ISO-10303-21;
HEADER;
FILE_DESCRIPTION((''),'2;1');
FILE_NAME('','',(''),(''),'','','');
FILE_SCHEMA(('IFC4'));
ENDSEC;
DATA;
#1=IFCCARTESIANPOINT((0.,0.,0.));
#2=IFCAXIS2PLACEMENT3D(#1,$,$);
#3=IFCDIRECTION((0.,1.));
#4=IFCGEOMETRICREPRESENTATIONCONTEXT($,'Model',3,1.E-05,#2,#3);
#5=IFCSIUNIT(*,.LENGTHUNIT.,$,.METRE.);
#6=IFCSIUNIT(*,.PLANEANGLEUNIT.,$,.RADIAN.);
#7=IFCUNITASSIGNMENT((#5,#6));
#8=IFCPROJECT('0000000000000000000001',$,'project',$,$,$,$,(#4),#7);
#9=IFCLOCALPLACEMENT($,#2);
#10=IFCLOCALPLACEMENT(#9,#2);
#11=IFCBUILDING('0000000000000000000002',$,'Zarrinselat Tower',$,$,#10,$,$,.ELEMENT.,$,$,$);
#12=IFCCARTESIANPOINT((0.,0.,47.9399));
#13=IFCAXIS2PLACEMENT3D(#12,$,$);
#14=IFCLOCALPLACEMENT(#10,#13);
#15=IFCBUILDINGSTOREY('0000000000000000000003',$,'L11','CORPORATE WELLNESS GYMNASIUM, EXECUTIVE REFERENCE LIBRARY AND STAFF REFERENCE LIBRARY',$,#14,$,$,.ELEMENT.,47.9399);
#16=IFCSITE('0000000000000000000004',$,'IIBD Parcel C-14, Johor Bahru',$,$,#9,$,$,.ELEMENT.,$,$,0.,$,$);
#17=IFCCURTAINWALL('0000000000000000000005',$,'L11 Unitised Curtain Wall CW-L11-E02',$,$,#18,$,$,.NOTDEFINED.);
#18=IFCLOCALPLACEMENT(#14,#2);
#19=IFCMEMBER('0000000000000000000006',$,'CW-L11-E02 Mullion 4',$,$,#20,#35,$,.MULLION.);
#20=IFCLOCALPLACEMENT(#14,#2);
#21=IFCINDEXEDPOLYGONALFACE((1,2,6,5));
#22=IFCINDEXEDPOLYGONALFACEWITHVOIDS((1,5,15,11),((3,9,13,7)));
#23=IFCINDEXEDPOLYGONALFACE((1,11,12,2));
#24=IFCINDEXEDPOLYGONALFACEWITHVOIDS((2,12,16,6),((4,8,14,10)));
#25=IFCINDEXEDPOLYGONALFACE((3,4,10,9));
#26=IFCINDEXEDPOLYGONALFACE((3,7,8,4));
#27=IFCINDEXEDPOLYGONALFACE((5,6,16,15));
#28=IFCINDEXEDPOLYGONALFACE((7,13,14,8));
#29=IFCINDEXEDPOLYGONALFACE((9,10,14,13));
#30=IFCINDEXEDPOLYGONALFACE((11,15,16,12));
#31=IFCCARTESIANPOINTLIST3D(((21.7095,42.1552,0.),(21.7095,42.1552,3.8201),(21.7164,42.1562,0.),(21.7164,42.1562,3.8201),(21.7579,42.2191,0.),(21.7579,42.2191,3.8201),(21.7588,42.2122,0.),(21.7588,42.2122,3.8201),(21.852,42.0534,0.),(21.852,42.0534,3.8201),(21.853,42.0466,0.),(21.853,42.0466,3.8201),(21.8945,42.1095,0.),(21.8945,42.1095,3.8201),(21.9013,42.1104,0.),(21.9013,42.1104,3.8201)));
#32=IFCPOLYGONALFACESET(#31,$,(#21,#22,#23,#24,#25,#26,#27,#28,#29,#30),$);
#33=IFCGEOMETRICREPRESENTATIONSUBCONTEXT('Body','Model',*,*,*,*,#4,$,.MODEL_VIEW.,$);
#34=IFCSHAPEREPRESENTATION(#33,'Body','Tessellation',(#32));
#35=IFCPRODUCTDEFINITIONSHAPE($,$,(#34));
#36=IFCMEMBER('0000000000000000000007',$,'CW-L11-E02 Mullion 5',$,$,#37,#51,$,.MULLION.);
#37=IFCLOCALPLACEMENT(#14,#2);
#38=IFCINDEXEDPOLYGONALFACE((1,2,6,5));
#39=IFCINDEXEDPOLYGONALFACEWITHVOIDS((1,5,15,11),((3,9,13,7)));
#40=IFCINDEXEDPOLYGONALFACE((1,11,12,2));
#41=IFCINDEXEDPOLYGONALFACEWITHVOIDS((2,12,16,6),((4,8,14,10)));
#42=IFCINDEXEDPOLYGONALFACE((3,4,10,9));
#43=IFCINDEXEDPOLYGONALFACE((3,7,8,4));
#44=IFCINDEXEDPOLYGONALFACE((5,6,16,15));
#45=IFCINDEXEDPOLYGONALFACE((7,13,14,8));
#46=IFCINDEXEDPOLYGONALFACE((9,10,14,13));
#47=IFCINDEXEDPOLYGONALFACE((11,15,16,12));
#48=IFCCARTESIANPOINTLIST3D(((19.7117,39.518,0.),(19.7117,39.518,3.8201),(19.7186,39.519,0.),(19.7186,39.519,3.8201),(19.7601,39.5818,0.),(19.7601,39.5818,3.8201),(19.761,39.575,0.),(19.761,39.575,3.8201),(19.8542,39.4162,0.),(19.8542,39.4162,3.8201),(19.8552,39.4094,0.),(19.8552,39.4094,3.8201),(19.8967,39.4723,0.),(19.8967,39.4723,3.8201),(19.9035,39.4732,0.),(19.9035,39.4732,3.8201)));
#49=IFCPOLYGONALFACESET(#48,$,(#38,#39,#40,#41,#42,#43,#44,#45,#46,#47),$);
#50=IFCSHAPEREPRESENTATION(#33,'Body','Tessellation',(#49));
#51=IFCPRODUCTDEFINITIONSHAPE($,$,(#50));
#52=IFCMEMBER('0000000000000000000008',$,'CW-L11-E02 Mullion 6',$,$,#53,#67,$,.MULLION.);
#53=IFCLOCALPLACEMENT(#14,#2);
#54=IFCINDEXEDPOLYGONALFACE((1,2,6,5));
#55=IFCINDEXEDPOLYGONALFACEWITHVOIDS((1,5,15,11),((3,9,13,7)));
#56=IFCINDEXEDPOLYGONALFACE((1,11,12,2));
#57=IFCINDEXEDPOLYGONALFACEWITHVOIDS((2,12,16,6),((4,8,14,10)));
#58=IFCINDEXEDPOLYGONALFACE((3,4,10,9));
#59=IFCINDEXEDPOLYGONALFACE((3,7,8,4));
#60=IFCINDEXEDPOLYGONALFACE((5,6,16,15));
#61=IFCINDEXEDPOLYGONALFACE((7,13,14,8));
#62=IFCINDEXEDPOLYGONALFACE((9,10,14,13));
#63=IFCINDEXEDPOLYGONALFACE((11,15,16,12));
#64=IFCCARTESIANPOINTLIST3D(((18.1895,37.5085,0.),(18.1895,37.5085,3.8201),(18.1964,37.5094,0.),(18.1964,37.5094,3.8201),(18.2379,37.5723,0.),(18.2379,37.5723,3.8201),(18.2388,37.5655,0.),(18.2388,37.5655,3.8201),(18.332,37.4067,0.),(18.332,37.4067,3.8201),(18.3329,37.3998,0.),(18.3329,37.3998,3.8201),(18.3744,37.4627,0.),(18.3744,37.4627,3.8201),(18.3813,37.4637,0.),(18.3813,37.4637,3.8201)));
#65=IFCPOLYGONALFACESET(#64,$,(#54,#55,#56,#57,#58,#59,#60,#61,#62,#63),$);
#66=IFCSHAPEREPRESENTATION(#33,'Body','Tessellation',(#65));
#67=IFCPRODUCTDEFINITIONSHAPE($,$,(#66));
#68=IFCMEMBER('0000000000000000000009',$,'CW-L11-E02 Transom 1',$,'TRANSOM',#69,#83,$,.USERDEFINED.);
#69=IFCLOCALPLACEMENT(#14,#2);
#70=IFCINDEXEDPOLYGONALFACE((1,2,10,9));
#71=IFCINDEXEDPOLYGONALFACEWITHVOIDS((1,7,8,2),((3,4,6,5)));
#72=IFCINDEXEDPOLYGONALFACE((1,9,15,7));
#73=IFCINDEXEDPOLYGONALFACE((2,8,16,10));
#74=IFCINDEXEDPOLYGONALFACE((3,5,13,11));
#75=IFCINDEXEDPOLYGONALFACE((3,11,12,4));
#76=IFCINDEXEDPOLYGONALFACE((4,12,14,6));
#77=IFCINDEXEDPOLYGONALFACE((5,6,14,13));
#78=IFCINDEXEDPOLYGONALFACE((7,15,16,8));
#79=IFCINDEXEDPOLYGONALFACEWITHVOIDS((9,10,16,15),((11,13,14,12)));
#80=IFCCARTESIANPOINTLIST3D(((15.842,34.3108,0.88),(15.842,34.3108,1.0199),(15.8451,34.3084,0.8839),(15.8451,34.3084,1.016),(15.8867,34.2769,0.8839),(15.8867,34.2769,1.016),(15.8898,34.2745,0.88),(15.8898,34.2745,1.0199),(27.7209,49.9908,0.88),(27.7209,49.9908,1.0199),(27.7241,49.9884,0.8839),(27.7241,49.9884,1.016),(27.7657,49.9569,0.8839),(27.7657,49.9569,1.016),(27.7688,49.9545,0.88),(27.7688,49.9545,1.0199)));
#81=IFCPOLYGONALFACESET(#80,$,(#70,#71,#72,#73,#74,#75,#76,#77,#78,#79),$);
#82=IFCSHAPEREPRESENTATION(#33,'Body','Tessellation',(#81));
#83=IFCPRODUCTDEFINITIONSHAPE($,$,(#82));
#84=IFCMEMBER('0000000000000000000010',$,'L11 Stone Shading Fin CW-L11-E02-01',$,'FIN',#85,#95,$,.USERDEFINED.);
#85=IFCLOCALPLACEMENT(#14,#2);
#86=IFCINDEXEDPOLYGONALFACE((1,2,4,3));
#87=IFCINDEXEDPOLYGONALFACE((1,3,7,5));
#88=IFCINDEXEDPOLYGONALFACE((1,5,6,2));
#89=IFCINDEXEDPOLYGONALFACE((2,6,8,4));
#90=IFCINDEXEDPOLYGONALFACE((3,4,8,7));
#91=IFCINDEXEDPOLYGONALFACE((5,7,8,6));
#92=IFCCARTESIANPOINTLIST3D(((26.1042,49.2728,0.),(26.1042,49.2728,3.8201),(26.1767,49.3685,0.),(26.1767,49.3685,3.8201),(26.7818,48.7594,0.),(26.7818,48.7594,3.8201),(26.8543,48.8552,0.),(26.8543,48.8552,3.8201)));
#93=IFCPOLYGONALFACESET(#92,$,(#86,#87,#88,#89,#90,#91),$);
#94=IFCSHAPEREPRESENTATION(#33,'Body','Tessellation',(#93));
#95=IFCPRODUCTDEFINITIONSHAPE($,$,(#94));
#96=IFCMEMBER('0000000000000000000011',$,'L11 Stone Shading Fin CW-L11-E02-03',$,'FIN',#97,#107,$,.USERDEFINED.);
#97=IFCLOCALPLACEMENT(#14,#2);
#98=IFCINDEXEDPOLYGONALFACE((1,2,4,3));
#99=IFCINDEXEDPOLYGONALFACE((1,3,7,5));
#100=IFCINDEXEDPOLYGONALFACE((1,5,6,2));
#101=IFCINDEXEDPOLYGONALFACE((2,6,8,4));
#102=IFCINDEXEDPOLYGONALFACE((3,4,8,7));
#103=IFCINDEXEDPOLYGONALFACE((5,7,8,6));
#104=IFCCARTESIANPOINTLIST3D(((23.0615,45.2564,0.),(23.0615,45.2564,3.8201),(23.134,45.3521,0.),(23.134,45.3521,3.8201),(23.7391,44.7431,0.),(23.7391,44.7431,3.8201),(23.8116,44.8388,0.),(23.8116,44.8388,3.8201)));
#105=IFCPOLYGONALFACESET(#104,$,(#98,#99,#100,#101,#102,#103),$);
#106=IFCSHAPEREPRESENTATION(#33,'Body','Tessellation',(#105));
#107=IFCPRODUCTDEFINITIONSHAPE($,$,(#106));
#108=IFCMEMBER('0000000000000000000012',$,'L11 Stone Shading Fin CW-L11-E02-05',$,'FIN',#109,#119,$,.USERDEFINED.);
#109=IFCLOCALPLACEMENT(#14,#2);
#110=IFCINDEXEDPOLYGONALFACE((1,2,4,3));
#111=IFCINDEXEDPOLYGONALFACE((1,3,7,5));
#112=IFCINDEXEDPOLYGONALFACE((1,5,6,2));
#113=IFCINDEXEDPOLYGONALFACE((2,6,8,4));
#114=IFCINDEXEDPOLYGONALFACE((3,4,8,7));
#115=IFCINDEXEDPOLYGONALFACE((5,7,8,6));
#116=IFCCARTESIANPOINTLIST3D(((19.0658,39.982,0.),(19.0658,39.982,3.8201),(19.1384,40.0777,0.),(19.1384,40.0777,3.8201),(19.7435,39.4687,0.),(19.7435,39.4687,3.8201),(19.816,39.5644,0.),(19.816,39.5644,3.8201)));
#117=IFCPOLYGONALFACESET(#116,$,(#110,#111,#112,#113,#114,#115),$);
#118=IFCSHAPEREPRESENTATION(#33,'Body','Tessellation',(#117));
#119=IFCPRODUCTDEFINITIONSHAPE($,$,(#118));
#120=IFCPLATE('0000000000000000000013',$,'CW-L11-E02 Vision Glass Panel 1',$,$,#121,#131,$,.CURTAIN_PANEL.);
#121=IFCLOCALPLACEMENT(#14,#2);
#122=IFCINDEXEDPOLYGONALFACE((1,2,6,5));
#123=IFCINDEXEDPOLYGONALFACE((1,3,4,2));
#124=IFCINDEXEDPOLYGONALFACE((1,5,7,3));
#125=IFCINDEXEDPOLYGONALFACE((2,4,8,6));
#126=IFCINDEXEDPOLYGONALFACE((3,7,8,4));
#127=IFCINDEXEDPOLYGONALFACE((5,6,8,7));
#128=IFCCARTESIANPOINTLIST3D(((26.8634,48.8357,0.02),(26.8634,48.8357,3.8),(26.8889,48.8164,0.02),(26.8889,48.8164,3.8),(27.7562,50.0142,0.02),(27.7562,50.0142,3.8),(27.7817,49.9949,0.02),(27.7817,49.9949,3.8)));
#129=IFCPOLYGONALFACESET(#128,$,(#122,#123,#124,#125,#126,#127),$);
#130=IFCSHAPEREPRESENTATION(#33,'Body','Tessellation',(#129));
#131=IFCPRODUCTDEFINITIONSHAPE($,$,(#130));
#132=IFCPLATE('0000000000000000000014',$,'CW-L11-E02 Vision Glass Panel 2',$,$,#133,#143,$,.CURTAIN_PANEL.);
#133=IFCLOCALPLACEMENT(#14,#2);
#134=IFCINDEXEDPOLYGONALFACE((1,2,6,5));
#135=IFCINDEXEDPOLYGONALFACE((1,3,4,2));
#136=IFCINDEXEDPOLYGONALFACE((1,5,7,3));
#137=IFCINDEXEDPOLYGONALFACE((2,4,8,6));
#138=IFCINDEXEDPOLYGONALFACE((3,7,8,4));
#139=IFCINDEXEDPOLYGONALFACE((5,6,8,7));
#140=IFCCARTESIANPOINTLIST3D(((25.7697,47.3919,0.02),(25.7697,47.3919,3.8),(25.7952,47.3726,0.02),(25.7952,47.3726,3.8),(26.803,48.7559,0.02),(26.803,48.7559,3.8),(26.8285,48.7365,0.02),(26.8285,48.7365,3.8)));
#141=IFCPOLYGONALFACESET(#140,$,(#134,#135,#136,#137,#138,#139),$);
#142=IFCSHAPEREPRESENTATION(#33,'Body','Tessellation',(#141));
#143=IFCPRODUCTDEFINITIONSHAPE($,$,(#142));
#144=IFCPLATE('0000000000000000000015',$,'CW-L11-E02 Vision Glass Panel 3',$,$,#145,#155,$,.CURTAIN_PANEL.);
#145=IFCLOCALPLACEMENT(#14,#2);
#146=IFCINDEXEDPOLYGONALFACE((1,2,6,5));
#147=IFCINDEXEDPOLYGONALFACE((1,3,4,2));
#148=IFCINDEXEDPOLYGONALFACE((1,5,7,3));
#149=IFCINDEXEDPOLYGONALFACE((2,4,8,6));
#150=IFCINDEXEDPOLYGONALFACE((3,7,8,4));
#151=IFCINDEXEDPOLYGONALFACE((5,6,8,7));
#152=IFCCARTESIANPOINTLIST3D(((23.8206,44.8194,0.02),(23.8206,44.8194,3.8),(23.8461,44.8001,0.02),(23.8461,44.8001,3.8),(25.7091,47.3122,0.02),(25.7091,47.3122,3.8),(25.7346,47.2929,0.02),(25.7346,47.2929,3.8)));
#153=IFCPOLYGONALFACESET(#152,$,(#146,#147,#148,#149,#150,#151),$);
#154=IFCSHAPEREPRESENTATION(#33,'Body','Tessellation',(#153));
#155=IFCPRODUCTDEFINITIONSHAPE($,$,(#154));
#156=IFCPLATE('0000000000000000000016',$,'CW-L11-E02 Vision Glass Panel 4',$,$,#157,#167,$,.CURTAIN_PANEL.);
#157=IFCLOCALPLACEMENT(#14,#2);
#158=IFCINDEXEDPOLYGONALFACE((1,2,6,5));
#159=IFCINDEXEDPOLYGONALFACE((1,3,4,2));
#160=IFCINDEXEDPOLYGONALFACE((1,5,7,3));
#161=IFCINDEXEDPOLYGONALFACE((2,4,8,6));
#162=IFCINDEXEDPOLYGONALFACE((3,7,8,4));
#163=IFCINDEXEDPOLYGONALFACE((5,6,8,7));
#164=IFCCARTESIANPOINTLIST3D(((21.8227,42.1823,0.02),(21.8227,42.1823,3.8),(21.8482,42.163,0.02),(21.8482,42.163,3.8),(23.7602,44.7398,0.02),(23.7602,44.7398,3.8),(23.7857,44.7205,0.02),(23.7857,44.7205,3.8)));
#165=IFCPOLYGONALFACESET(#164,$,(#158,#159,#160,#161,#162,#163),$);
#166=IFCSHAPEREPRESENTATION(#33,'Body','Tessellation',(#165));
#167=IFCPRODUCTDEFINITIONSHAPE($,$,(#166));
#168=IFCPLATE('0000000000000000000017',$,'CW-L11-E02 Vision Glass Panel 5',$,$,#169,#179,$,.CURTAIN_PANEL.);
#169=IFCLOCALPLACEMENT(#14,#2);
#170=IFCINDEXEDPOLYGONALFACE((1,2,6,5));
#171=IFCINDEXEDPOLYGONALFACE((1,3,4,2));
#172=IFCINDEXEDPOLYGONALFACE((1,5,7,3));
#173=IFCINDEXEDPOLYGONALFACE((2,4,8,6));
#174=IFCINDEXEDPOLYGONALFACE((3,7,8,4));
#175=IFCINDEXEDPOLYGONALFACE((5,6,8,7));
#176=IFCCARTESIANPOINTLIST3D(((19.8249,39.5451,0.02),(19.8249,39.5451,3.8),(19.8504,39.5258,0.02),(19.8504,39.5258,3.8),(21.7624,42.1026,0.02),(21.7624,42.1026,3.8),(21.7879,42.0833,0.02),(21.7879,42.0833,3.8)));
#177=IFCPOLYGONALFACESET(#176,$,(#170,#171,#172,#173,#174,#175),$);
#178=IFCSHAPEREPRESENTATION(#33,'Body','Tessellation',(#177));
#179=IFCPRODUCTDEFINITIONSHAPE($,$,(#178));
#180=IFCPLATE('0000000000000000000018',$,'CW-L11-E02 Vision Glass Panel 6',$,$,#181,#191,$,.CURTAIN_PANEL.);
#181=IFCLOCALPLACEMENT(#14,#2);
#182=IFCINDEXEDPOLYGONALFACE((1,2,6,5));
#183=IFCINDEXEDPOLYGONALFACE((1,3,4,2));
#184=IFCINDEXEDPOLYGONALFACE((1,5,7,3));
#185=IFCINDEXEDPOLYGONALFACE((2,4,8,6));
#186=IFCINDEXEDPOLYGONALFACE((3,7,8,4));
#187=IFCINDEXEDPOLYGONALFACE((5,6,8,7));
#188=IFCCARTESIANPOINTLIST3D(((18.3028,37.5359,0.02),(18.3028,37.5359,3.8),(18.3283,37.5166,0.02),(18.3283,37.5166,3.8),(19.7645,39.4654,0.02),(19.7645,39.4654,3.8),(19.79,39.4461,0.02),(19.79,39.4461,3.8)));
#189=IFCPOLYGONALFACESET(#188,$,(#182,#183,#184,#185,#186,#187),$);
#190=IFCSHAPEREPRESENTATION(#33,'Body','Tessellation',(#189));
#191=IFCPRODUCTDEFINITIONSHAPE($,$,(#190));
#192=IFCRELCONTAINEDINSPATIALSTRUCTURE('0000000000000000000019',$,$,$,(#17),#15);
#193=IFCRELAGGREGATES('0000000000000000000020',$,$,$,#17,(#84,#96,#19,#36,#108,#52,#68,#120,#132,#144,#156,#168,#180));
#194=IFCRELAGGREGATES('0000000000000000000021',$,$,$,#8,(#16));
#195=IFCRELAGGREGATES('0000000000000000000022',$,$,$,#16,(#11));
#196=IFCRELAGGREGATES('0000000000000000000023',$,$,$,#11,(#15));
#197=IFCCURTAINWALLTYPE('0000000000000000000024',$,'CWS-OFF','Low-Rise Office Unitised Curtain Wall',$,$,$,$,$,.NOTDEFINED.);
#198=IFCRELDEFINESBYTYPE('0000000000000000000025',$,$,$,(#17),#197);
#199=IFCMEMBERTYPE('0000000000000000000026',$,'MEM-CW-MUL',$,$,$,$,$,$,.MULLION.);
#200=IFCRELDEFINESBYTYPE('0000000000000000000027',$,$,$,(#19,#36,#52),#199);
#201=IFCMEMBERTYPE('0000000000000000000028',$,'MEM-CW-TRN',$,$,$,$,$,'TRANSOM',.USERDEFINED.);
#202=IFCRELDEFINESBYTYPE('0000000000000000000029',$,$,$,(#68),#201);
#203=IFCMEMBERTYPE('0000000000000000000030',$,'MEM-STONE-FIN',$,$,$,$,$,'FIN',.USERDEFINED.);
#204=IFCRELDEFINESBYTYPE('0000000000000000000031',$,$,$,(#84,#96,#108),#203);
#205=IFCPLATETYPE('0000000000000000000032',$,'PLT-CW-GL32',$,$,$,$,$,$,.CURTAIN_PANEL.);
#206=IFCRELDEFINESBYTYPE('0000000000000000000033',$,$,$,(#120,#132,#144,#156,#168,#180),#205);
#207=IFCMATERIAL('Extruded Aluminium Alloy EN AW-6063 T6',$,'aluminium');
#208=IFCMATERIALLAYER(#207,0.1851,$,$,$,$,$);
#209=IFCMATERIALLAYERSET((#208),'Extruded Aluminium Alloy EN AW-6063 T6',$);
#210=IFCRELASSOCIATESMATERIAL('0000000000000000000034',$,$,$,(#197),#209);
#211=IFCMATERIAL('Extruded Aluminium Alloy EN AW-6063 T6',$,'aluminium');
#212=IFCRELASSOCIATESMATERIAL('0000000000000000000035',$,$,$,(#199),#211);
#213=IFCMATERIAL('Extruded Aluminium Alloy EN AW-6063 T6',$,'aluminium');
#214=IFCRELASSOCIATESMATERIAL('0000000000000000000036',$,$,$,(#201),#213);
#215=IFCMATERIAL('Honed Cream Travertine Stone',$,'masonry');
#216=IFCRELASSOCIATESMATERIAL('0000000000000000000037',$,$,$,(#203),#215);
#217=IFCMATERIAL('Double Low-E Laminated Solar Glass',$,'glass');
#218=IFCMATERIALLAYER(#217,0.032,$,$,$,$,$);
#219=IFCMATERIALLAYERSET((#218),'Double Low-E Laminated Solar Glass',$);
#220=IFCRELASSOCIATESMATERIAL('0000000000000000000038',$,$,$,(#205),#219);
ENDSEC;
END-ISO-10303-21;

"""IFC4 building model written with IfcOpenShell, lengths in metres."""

from ifc_helpers import new_model, si_unit, direction, frame, origin, origin_2d, place, context, subcontext, project, spatial, rectangle, hollow_rectangle, extrude, material, layer, layer_set, material_profile, profile_set, type_object, element, aggregate, save


model = new_model("IFC4")

# Units and contexts
model_context = context("Model", 3, precision=1e-05, world=origin(), true_north=direction((0.0, 1.0)))
body_context = subcontext(model_context, "Body", "Model", "MODEL_VIEW")
ifc_project = project(units=[si_unit("LENGTHUNIT", "METRE"), si_unit("PLANEANGLEUNIT", "RADIAN")], contexts=[model_context])

# Site, building, storey
site_placement = place(None, origin())
site = spatial("IfcSite", under=ifc_project, at=site_placement, Name="IIBD Parcel C-14, Johor Bahru", CompositionType="ELEMENT", RefElevation=0.0)
building_placement = place(site_placement, origin())
building = spatial("IfcBuilding", under=site, at=building_placement, Name="Zarrinselat Tower", CompositionType="ELEMENT")
storey_placement = place(building_placement, frame((0.0, 0.0, 47.9399)))
storey = spatial("IfcBuildingStorey", under=building, at=storey_placement, Name="L11", Description="CORPORATE WELLNESS GYMNASIUM, EXECUTIVE REFERENCE LIBRARY AND STAFF REFERENCE LIBRARY", CompositionType="ELEMENT", Elevation=47.9399)

# Shared definitions
ifc_material_1 = material(Name="Extruded Aluminium Alloy EN AW-6063 T6", Category="aluminium")
ifc_layer_1 = layer(ifc_material_1, 0.1851)
ifc_layer_set_1 = layer_set([ifc_layer_1], Name="Extruded Aluminium Alloy EN AW-6063 T6")
curtain_wall_type = type_object("IfcCurtainWallType", Name="CWS-OFF", Description="Low-Rise Office Unitised Curtain Wall", PredefinedType="NOTDEFINED", material=ifc_layer_set_1)
ifc_material_2 = material(Name="Extruded Aluminium Alloy EN AW-6063 T6", Category="aluminium")
ifc_material_profile_1 = material_profile(ifc_material_2, hollow_rectangle(XDim=0.0801, YDim=0.1799, WallThickness=0.0049, at=origin_2d()), Name="RHS 180x80x5")
ifc_profile_set_1 = profile_set([ifc_material_profile_1], Name="Extruded Aluminium Alloy EN AW-6063 T6")
member_type_1 = type_object("IfcMemberType", Name="MEM-CW-MUL", PredefinedType="MULLION", material=ifc_profile_set_1)

# Curtain wall, members, plates
curtain_wall_1_placement = place(storey_placement, origin())
curtain_wall_1 = element("IfcCurtainWall", 1, at=curtain_wall_1_placement, inside=storey, type_object=curtain_wall_type, Name="L11 Unitised Curtain Wall CW-L11-E02", PredefinedType="NOTDEFINED")
member_1_placement = place(storey_placement, frame((21.8054, 42.1328, 0.0), z_axis=(0.0, 0.0, 1.0), x_axis=(-0.603857, -0.797093, 0.0)))
member_1 = element("IfcMember", 2, at=member_1_placement, type_object=member_type_1, Name="CW-L11-E02 Mullion 4", PredefinedType="MULLION", context=body_context, shape_type="SweptSolid", body=[
    extrude(hollow_rectangle(XDim=0.0801, YDim=0.1799, WallThickness=0.0049, at=origin_2d()), origin(), (0.0, 0.0, 1.0), 3.8201),
])
member_2_placement = place(storey_placement, frame((19.8076, 39.4956, 0.0), z_axis=(0.0, 0.0, 1.0), x_axis=(-0.603857, -0.797093, 0.0)))
member_2 = element("IfcMember", 3, at=member_2_placement, type_object=member_type_1, Name="CW-L11-E02 Mullion 5", PredefinedType="MULLION", context=body_context, shape_type="SweptSolid", body=[
    extrude(hollow_rectangle(XDim=0.0801, YDim=0.1799, WallThickness=0.0049, at=origin_2d()), origin(), (0.0, 0.0, 1.0), 3.8201),
])
member_3_placement = place(storey_placement, frame((18.2854, 37.4861, 0.0), z_axis=(0.0, 0.0, 1.0), x_axis=(-0.603857, -0.797093, 0.0)))
member_3 = element("IfcMember", 4, at=member_3_placement, type_object=member_type_1, Name="CW-L11-E02 Mullion 6", PredefinedType="MULLION", context=body_context, shape_type="SweptSolid", body=[
    extrude(hollow_rectangle(XDim=0.0801, YDim=0.1799, WallThickness=0.0049, at=origin_2d()), origin(), (0.0, 0.0, 1.0), 3.8201),
])
ifc_material_3 = material(Name="Extruded Aluminium Alloy EN AW-6063 T6", Category="aluminium")
ifc_material_profile_2 = material_profile(ifc_material_3, hollow_rectangle(XDim=0.0601, YDim=0.1399, WallThickness=0.0039, at=origin_2d()), Name="RHS 140x60x4")
ifc_profile_set_2 = profile_set([ifc_material_profile_2], Name="Extruded Aluminium Alloy EN AW-6063 T6")
member_type_2 = type_object("IfcMemberType", Name="MEM-CW-TRN", ElementType="TRANSOM", PredefinedType="USERDEFINED", material=ifc_profile_set_2)
member_4_placement = place(storey_placement, frame((27.7449, 49.9727, 0.95), z_axis=(-0.603863, -0.797088, 0.0), x_axis=(0.797088, -0.603863, 0.0)))
member_4 = element("IfcMember", 5, at=member_4_placement, type_object=member_type_2, Name="CW-L11-E02 Transom 1", ObjectType="TRANSOM", PredefinedType="USERDEFINED", context=body_context, shape_type="SweptSolid", body=[
    extrude(hollow_rectangle(XDim=0.0601, YDim=0.1399, WallThickness=0.0039, at=origin_2d()), origin(), (0.0, 0.0, 1.0), 19.6716),
])
ifc_material_4 = material(Name="Honed Cream Travertine Stone", Category="masonry")
ifc_material_profile_3 = material_profile(ifc_material_4, rectangle(XDim=0.1201, YDim=0.8501, at=origin_2d()), Name="FIN 850x120")
ifc_profile_set_3 = profile_set([ifc_material_profile_3], Name="Honed Cream Travertine Stone")
member_type_3 = type_object("IfcMemberType", Name="MEM-STONE-FIN", ElementType="FIN", PredefinedType="USERDEFINED", material=ifc_profile_set_3)
member_5_placement = place(storey_placement, frame((26.4792, 49.064, 0.0), z_axis=(0.0, 0.0, 1.0), x_axis=(0.603857, 0.797093, 0.0)))
member_5 = element("IfcMember", 6, at=member_5_placement, type_object=member_type_3, Name="L11 Stone Shading Fin CW-L11-E02-01", ObjectType="FIN", PredefinedType="USERDEFINED", context=body_context, shape_type="SweptSolid", body=[
    extrude(rectangle(XDim=0.1201, YDim=0.8501, at=origin_2d()), origin(), (0.0, 0.0, 1.0), 3.8201),
])
member_6_placement = place(storey_placement, frame((23.4365, 45.0476, 0.0), z_axis=(0.0, 0.0, 1.0), x_axis=(0.603857, 0.797093, 0.0)))
member_6 = element("IfcMember", 7, at=member_6_placement, type_object=member_type_3, Name="L11 Stone Shading Fin CW-L11-E02-03", ObjectType="FIN", PredefinedType="USERDEFINED", context=body_context, shape_type="SweptSolid", body=[
    extrude(rectangle(XDim=0.1201, YDim=0.8501, at=origin_2d()), origin(), (0.0, 0.0, 1.0), 3.8201),
])
member_7_placement = place(storey_placement, frame((19.4409, 39.7732, 0.0), z_axis=(0.0, 0.0, 1.0), x_axis=(0.603857, 0.797093, 0.0)))
member_7 = element("IfcMember", 8, at=member_7_placement, type_object=member_type_3, Name="L11 Stone Shading Fin CW-L11-E02-05", ObjectType="FIN", PredefinedType="USERDEFINED", context=body_context, shape_type="SweptSolid", body=[
    extrude(rectangle(XDim=0.1201, YDim=0.8501, at=origin_2d()), origin(), (0.0, 0.0, 1.0), 3.8201),
])
ifc_material_5 = material(Name="Double Low-E Laminated Solar Glass", Category="glass")
ifc_layer_2 = layer(ifc_material_5, 0.032)
ifc_layer_set_2 = layer_set([ifc_layer_2], Name="Double Low-E Laminated Solar Glass")
plate_type = type_object("IfcPlateType", Name="PLT-CW-GL32", PredefinedType="CURTAIN_PANEL", material=ifc_layer_set_2)
plate_1_placement = place(storey_placement, frame((27.3225, 49.4153, 0.02), z_axis=(0.0, 0.0, 1.0), x_axis=(-0.603857, -0.797093, 0.0)))
plate_1 = element("IfcPlate", 9, at=plate_1_placement, type_object=plate_type, Name="CW-L11-E02 Vision Glass Panel 1", PredefinedType="CURTAIN_PANEL", context=body_context, shape_type="SweptSolid", body=[
    extrude(rectangle(XDim=1.4785, YDim=0.032, at=origin_2d()), origin(), (0.0, 0.0, 1.0), 3.78),
])
plate_2_placement = place(storey_placement, frame((26.2991, 48.0642, 0.02), z_axis=(0.0, 0.0, 1.0), x_axis=(-0.603857, -0.797093, 0.0)))
plate_2 = element("IfcPlate", 10, at=plate_2_placement, type_object=plate_type, Name="CW-L11-E02 Vision Glass Panel 2", PredefinedType="CURTAIN_PANEL", context=body_context, shape_type="SweptSolid", body=[
    extrude(rectangle(XDim=1.7112, YDim=0.032, at=origin_2d()), origin(), (0.0, 0.0, 1.0), 3.78),
])
plate_3_placement = place(storey_placement, frame((24.7776, 46.0562, 0.02), z_axis=(0.0, 0.0, 1.0), x_axis=(-0.603857, -0.797093, 0.0)))
plate_3 = element("IfcPlate", 11, at=plate_3_placement, type_object=plate_type, Name="CW-L11-E02 Vision Glass Panel 3", PredefinedType="CURTAIN_PANEL", context=body_context, shape_type="SweptSolid", body=[
    extrude(rectangle(XDim=3.1274, YDim=0.032, at=origin_2d()), origin(), (0.0, 0.0, 1.0), 3.78),
])
plate_4_placement = place(storey_placement, frame((22.8042, 43.4514, 0.02), z_axis=(0.0, 0.0, 1.0), x_axis=(-0.603857, -0.797093, 0.0)))
plate_4 = element("IfcPlate", 12, at=plate_4_placement, type_object=plate_type, Name="CW-L11-E02 Vision Glass Panel 4", PredefinedType="CURTAIN_PANEL", context=body_context, shape_type="SweptSolid", body=[
    extrude(rectangle(XDim=3.2085, YDim=0.032, at=origin_2d()), origin(), (0.0, 0.0, 1.0), 3.78),
])
plate_5_placement = place(storey_placement, frame((20.8064, 40.8142, 0.02), z_axis=(0.0, 0.0, 1.0), x_axis=(-0.603857, -0.797093, 0.0)))
plate_5 = element("IfcPlate", 13, at=plate_5_placement, type_object=plate_type, Name="CW-L11-E02 Vision Glass Panel 5", PredefinedType="CURTAIN_PANEL", context=body_context, shape_type="SweptSolid", body=[
    extrude(rectangle(XDim=3.2085, YDim=0.032, at=origin_2d()), origin(), (0.0, 0.0, 1.0), 3.78),
])
plate_6_placement = place(storey_placement, frame((19.0464, 38.491, 0.02), z_axis=(0.0, 0.0, 1.0), x_axis=(-0.603857, -0.797093, 0.0)))
plate_6 = element("IfcPlate", 14, at=plate_6_placement, type_object=plate_type, Name="CW-L11-E02 Vision Glass Panel 6", PredefinedType="CURTAIN_PANEL", context=body_context, shape_type="SweptSolid", body=[
    extrude(rectangle(XDim=2.4207, YDim=0.032, at=origin_2d()), origin(), (0.0, 0.0, 1.0), 3.78),
])
aggregate(curtain_wall_1, [member_5, member_6, member_1, member_2, member_7, member_3, member_4, plate_1, plate_2, plate_3, plate_4, plate_5, plate_6])

save(model, "model.ifc")
